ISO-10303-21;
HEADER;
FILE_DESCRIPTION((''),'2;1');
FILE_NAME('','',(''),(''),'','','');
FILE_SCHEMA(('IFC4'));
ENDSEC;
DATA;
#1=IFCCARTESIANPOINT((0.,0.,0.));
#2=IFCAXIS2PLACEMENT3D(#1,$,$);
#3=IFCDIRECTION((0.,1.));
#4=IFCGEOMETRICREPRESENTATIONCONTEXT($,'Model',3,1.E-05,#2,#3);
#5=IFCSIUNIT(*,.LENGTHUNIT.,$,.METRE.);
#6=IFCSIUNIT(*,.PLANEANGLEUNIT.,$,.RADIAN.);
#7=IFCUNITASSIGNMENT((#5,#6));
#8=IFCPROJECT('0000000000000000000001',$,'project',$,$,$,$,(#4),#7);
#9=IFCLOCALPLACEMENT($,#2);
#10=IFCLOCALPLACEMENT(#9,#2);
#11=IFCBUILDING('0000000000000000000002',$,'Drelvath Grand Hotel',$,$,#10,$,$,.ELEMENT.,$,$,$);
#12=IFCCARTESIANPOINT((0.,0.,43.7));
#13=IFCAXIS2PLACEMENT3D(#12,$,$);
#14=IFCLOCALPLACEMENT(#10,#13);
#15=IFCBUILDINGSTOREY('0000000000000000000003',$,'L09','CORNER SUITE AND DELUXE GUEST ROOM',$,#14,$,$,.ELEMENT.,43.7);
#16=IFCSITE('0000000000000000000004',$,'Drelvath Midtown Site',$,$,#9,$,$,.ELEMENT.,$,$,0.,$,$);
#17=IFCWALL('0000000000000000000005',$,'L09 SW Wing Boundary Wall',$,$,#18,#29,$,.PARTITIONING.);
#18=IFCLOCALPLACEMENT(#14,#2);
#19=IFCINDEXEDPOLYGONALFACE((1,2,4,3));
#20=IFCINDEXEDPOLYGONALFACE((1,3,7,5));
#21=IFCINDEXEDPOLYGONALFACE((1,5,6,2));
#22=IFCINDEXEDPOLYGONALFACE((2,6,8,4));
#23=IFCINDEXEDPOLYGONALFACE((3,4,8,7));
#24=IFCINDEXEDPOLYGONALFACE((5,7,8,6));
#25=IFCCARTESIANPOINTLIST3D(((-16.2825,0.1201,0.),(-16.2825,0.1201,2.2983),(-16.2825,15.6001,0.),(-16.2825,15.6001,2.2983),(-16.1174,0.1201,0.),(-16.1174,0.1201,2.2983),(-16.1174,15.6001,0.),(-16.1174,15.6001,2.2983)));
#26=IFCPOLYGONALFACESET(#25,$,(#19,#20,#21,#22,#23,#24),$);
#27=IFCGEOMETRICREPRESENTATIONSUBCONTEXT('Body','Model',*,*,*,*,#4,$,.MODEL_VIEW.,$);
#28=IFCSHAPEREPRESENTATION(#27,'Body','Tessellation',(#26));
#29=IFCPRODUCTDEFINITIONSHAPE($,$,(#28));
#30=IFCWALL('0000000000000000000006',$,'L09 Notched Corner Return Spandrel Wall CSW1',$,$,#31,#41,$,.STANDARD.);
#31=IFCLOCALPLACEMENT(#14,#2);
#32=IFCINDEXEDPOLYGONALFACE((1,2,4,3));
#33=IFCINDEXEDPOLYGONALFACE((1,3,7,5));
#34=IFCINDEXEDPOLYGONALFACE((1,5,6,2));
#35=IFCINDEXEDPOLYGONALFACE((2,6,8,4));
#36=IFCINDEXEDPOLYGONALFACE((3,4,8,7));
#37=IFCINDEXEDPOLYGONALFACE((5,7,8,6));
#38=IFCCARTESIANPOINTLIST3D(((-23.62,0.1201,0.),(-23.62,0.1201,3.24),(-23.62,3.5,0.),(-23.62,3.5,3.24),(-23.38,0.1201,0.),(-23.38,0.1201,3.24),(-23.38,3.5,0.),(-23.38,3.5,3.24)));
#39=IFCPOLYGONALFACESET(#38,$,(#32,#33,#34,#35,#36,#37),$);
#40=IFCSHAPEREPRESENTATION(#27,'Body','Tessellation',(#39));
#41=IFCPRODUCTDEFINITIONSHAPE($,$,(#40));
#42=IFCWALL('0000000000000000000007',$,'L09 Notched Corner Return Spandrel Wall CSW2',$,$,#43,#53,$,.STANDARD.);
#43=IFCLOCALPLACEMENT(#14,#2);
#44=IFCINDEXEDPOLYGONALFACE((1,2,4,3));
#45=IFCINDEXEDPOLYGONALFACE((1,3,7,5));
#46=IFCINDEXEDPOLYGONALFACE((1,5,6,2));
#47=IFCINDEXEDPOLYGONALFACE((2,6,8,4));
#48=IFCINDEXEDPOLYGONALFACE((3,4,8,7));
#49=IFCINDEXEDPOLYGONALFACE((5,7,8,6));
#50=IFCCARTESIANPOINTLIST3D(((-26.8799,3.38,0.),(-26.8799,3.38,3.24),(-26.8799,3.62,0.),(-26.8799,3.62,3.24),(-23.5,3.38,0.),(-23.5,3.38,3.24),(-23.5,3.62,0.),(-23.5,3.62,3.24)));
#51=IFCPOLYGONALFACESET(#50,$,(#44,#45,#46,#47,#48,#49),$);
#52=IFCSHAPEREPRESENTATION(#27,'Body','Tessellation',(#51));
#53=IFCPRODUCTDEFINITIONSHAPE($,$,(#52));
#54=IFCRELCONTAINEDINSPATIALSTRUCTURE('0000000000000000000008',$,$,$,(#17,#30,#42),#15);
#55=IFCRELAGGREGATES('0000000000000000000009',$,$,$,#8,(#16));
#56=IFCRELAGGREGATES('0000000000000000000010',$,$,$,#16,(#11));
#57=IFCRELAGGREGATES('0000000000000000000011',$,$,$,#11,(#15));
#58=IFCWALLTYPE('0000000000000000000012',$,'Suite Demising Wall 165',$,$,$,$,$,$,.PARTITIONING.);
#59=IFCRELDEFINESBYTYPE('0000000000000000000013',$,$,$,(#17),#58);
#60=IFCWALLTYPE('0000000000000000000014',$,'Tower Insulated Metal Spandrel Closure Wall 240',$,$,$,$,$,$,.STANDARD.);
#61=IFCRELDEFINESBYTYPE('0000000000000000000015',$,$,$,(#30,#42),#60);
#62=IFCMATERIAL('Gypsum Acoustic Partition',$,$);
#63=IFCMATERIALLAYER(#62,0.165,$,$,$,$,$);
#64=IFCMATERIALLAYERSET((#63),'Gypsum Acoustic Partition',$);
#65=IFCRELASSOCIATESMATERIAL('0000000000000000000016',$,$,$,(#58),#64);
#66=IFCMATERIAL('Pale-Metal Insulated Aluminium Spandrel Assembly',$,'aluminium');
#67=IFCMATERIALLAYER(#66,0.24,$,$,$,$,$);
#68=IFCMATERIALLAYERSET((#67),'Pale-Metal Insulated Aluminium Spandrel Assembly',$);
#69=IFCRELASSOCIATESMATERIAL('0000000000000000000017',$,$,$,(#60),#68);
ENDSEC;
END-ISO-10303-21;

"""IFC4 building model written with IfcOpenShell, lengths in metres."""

from ifc_helpers import new_model, si_unit, direction, frame, frame_2d, origin, place, context, subcontext, project, spatial, rectangle, extrude, material, layer, layer_set, type_object, element, save


model = new_model("IFC4")

# Units and contexts
model_context = context("Model", 3, precision=1e-05, world=origin(), true_north=direction((0.0, 1.0)))
body_context = subcontext(model_context, "Body", "Model", "MODEL_VIEW")
ifc_project = project(units=[si_unit("LENGTHUNIT", "METRE"), si_unit("PLANEANGLEUNIT", "RADIAN")], contexts=[model_context])

# Site, building, storey
site_placement = place(None, origin())
site = spatial("IfcSite", under=ifc_project, at=site_placement, Name="Drelvath Midtown Site", CompositionType="ELEMENT", RefElevation=0.0)
building_placement = place(site_placement, origin())
building = spatial("IfcBuilding", under=site, at=building_placement, Name="Drelvath Grand Hotel", CompositionType="ELEMENT")
storey_placement = place(building_placement, frame((0.0, 0.0, 43.7)))
storey = spatial("IfcBuildingStorey", under=building, at=storey_placement, Name="L09", Description="CORNER SUITE AND DELUXE GUEST ROOM", CompositionType="ELEMENT", Elevation=43.7)

# Walls
ifc_material_1 = material(Name="Gypsum Acoustic Partition")
ifc_layer_1 = layer(ifc_material_1, 0.165)
ifc_layer_set_1 = layer_set([ifc_layer_1], Name="Gypsum Acoustic Partition")
wall_type_1 = type_object("IfcWallType", Name="Suite Demising Wall 165", PredefinedType="PARTITIONING", material=ifc_layer_set_1)
wall_placement = place(storey_placement, frame((-16.2, 0.1201, 0.0), z_axis=(0.0, 0.0, 1.0), x_axis=(0.0, 1.0, 0.0)))
element("IfcWall", 1, at=wall_placement, inside=storey, type_object=wall_type_1, Name="L09 SW Wing Boundary Wall", PredefinedType="PARTITIONING", context=body_context, shape_type="SweptSolid", body=[
    extrude(rectangle(XDim=15.48, YDim=0.165, at=frame_2d((7.74, 0.0))), origin(), (0.0, 0.0, 1.0), 2.2983),
])
ifc_material_2 = material(Name="Pale-Metal Insulated Aluminium Spandrel Assembly", Category="aluminium")
ifc_layer_2 = layer(ifc_material_2, 0.24)
ifc_layer_set_2 = layer_set([ifc_layer_2], Name="Pale-Metal Insulated Aluminium Spandrel Assembly")
wall_type_2 = type_object("IfcWallType", Name="Tower Insulated Metal Spandrel Closure Wall 240", PredefinedType="STANDARD", material=ifc_layer_set_2)
for number, where, z_axis, x_axis, name in (
    (2, (-23.5, 0.1201, 0.0), (0.0, 0.0, 1.0), (0.0, 1.0, 0.0), "L09 Notched Corner Return Spandrel Wall CSW1"),
    (3, (-23.5, 3.5, 0.0), (0.0, 0.0, 1.0), (-1.0, 0.0, 0.0), "L09 Notched Corner Return Spandrel Wall CSW2"),
):
    element("IfcWall", number, at=place(storey_placement, frame(where, z_axis=z_axis, x_axis=x_axis)), inside=storey, type_object=wall_type_2, Name=name, PredefinedType="STANDARD", context=body_context, shape_type="SweptSolid", body=[
        extrude(rectangle(XDim=3.3799, YDim=0.24, at=frame_2d((1.6899, 0.0))), origin(), (0.0, 0.0, 1.0), 3.24),
    ])

save(model, "model.ifc")
